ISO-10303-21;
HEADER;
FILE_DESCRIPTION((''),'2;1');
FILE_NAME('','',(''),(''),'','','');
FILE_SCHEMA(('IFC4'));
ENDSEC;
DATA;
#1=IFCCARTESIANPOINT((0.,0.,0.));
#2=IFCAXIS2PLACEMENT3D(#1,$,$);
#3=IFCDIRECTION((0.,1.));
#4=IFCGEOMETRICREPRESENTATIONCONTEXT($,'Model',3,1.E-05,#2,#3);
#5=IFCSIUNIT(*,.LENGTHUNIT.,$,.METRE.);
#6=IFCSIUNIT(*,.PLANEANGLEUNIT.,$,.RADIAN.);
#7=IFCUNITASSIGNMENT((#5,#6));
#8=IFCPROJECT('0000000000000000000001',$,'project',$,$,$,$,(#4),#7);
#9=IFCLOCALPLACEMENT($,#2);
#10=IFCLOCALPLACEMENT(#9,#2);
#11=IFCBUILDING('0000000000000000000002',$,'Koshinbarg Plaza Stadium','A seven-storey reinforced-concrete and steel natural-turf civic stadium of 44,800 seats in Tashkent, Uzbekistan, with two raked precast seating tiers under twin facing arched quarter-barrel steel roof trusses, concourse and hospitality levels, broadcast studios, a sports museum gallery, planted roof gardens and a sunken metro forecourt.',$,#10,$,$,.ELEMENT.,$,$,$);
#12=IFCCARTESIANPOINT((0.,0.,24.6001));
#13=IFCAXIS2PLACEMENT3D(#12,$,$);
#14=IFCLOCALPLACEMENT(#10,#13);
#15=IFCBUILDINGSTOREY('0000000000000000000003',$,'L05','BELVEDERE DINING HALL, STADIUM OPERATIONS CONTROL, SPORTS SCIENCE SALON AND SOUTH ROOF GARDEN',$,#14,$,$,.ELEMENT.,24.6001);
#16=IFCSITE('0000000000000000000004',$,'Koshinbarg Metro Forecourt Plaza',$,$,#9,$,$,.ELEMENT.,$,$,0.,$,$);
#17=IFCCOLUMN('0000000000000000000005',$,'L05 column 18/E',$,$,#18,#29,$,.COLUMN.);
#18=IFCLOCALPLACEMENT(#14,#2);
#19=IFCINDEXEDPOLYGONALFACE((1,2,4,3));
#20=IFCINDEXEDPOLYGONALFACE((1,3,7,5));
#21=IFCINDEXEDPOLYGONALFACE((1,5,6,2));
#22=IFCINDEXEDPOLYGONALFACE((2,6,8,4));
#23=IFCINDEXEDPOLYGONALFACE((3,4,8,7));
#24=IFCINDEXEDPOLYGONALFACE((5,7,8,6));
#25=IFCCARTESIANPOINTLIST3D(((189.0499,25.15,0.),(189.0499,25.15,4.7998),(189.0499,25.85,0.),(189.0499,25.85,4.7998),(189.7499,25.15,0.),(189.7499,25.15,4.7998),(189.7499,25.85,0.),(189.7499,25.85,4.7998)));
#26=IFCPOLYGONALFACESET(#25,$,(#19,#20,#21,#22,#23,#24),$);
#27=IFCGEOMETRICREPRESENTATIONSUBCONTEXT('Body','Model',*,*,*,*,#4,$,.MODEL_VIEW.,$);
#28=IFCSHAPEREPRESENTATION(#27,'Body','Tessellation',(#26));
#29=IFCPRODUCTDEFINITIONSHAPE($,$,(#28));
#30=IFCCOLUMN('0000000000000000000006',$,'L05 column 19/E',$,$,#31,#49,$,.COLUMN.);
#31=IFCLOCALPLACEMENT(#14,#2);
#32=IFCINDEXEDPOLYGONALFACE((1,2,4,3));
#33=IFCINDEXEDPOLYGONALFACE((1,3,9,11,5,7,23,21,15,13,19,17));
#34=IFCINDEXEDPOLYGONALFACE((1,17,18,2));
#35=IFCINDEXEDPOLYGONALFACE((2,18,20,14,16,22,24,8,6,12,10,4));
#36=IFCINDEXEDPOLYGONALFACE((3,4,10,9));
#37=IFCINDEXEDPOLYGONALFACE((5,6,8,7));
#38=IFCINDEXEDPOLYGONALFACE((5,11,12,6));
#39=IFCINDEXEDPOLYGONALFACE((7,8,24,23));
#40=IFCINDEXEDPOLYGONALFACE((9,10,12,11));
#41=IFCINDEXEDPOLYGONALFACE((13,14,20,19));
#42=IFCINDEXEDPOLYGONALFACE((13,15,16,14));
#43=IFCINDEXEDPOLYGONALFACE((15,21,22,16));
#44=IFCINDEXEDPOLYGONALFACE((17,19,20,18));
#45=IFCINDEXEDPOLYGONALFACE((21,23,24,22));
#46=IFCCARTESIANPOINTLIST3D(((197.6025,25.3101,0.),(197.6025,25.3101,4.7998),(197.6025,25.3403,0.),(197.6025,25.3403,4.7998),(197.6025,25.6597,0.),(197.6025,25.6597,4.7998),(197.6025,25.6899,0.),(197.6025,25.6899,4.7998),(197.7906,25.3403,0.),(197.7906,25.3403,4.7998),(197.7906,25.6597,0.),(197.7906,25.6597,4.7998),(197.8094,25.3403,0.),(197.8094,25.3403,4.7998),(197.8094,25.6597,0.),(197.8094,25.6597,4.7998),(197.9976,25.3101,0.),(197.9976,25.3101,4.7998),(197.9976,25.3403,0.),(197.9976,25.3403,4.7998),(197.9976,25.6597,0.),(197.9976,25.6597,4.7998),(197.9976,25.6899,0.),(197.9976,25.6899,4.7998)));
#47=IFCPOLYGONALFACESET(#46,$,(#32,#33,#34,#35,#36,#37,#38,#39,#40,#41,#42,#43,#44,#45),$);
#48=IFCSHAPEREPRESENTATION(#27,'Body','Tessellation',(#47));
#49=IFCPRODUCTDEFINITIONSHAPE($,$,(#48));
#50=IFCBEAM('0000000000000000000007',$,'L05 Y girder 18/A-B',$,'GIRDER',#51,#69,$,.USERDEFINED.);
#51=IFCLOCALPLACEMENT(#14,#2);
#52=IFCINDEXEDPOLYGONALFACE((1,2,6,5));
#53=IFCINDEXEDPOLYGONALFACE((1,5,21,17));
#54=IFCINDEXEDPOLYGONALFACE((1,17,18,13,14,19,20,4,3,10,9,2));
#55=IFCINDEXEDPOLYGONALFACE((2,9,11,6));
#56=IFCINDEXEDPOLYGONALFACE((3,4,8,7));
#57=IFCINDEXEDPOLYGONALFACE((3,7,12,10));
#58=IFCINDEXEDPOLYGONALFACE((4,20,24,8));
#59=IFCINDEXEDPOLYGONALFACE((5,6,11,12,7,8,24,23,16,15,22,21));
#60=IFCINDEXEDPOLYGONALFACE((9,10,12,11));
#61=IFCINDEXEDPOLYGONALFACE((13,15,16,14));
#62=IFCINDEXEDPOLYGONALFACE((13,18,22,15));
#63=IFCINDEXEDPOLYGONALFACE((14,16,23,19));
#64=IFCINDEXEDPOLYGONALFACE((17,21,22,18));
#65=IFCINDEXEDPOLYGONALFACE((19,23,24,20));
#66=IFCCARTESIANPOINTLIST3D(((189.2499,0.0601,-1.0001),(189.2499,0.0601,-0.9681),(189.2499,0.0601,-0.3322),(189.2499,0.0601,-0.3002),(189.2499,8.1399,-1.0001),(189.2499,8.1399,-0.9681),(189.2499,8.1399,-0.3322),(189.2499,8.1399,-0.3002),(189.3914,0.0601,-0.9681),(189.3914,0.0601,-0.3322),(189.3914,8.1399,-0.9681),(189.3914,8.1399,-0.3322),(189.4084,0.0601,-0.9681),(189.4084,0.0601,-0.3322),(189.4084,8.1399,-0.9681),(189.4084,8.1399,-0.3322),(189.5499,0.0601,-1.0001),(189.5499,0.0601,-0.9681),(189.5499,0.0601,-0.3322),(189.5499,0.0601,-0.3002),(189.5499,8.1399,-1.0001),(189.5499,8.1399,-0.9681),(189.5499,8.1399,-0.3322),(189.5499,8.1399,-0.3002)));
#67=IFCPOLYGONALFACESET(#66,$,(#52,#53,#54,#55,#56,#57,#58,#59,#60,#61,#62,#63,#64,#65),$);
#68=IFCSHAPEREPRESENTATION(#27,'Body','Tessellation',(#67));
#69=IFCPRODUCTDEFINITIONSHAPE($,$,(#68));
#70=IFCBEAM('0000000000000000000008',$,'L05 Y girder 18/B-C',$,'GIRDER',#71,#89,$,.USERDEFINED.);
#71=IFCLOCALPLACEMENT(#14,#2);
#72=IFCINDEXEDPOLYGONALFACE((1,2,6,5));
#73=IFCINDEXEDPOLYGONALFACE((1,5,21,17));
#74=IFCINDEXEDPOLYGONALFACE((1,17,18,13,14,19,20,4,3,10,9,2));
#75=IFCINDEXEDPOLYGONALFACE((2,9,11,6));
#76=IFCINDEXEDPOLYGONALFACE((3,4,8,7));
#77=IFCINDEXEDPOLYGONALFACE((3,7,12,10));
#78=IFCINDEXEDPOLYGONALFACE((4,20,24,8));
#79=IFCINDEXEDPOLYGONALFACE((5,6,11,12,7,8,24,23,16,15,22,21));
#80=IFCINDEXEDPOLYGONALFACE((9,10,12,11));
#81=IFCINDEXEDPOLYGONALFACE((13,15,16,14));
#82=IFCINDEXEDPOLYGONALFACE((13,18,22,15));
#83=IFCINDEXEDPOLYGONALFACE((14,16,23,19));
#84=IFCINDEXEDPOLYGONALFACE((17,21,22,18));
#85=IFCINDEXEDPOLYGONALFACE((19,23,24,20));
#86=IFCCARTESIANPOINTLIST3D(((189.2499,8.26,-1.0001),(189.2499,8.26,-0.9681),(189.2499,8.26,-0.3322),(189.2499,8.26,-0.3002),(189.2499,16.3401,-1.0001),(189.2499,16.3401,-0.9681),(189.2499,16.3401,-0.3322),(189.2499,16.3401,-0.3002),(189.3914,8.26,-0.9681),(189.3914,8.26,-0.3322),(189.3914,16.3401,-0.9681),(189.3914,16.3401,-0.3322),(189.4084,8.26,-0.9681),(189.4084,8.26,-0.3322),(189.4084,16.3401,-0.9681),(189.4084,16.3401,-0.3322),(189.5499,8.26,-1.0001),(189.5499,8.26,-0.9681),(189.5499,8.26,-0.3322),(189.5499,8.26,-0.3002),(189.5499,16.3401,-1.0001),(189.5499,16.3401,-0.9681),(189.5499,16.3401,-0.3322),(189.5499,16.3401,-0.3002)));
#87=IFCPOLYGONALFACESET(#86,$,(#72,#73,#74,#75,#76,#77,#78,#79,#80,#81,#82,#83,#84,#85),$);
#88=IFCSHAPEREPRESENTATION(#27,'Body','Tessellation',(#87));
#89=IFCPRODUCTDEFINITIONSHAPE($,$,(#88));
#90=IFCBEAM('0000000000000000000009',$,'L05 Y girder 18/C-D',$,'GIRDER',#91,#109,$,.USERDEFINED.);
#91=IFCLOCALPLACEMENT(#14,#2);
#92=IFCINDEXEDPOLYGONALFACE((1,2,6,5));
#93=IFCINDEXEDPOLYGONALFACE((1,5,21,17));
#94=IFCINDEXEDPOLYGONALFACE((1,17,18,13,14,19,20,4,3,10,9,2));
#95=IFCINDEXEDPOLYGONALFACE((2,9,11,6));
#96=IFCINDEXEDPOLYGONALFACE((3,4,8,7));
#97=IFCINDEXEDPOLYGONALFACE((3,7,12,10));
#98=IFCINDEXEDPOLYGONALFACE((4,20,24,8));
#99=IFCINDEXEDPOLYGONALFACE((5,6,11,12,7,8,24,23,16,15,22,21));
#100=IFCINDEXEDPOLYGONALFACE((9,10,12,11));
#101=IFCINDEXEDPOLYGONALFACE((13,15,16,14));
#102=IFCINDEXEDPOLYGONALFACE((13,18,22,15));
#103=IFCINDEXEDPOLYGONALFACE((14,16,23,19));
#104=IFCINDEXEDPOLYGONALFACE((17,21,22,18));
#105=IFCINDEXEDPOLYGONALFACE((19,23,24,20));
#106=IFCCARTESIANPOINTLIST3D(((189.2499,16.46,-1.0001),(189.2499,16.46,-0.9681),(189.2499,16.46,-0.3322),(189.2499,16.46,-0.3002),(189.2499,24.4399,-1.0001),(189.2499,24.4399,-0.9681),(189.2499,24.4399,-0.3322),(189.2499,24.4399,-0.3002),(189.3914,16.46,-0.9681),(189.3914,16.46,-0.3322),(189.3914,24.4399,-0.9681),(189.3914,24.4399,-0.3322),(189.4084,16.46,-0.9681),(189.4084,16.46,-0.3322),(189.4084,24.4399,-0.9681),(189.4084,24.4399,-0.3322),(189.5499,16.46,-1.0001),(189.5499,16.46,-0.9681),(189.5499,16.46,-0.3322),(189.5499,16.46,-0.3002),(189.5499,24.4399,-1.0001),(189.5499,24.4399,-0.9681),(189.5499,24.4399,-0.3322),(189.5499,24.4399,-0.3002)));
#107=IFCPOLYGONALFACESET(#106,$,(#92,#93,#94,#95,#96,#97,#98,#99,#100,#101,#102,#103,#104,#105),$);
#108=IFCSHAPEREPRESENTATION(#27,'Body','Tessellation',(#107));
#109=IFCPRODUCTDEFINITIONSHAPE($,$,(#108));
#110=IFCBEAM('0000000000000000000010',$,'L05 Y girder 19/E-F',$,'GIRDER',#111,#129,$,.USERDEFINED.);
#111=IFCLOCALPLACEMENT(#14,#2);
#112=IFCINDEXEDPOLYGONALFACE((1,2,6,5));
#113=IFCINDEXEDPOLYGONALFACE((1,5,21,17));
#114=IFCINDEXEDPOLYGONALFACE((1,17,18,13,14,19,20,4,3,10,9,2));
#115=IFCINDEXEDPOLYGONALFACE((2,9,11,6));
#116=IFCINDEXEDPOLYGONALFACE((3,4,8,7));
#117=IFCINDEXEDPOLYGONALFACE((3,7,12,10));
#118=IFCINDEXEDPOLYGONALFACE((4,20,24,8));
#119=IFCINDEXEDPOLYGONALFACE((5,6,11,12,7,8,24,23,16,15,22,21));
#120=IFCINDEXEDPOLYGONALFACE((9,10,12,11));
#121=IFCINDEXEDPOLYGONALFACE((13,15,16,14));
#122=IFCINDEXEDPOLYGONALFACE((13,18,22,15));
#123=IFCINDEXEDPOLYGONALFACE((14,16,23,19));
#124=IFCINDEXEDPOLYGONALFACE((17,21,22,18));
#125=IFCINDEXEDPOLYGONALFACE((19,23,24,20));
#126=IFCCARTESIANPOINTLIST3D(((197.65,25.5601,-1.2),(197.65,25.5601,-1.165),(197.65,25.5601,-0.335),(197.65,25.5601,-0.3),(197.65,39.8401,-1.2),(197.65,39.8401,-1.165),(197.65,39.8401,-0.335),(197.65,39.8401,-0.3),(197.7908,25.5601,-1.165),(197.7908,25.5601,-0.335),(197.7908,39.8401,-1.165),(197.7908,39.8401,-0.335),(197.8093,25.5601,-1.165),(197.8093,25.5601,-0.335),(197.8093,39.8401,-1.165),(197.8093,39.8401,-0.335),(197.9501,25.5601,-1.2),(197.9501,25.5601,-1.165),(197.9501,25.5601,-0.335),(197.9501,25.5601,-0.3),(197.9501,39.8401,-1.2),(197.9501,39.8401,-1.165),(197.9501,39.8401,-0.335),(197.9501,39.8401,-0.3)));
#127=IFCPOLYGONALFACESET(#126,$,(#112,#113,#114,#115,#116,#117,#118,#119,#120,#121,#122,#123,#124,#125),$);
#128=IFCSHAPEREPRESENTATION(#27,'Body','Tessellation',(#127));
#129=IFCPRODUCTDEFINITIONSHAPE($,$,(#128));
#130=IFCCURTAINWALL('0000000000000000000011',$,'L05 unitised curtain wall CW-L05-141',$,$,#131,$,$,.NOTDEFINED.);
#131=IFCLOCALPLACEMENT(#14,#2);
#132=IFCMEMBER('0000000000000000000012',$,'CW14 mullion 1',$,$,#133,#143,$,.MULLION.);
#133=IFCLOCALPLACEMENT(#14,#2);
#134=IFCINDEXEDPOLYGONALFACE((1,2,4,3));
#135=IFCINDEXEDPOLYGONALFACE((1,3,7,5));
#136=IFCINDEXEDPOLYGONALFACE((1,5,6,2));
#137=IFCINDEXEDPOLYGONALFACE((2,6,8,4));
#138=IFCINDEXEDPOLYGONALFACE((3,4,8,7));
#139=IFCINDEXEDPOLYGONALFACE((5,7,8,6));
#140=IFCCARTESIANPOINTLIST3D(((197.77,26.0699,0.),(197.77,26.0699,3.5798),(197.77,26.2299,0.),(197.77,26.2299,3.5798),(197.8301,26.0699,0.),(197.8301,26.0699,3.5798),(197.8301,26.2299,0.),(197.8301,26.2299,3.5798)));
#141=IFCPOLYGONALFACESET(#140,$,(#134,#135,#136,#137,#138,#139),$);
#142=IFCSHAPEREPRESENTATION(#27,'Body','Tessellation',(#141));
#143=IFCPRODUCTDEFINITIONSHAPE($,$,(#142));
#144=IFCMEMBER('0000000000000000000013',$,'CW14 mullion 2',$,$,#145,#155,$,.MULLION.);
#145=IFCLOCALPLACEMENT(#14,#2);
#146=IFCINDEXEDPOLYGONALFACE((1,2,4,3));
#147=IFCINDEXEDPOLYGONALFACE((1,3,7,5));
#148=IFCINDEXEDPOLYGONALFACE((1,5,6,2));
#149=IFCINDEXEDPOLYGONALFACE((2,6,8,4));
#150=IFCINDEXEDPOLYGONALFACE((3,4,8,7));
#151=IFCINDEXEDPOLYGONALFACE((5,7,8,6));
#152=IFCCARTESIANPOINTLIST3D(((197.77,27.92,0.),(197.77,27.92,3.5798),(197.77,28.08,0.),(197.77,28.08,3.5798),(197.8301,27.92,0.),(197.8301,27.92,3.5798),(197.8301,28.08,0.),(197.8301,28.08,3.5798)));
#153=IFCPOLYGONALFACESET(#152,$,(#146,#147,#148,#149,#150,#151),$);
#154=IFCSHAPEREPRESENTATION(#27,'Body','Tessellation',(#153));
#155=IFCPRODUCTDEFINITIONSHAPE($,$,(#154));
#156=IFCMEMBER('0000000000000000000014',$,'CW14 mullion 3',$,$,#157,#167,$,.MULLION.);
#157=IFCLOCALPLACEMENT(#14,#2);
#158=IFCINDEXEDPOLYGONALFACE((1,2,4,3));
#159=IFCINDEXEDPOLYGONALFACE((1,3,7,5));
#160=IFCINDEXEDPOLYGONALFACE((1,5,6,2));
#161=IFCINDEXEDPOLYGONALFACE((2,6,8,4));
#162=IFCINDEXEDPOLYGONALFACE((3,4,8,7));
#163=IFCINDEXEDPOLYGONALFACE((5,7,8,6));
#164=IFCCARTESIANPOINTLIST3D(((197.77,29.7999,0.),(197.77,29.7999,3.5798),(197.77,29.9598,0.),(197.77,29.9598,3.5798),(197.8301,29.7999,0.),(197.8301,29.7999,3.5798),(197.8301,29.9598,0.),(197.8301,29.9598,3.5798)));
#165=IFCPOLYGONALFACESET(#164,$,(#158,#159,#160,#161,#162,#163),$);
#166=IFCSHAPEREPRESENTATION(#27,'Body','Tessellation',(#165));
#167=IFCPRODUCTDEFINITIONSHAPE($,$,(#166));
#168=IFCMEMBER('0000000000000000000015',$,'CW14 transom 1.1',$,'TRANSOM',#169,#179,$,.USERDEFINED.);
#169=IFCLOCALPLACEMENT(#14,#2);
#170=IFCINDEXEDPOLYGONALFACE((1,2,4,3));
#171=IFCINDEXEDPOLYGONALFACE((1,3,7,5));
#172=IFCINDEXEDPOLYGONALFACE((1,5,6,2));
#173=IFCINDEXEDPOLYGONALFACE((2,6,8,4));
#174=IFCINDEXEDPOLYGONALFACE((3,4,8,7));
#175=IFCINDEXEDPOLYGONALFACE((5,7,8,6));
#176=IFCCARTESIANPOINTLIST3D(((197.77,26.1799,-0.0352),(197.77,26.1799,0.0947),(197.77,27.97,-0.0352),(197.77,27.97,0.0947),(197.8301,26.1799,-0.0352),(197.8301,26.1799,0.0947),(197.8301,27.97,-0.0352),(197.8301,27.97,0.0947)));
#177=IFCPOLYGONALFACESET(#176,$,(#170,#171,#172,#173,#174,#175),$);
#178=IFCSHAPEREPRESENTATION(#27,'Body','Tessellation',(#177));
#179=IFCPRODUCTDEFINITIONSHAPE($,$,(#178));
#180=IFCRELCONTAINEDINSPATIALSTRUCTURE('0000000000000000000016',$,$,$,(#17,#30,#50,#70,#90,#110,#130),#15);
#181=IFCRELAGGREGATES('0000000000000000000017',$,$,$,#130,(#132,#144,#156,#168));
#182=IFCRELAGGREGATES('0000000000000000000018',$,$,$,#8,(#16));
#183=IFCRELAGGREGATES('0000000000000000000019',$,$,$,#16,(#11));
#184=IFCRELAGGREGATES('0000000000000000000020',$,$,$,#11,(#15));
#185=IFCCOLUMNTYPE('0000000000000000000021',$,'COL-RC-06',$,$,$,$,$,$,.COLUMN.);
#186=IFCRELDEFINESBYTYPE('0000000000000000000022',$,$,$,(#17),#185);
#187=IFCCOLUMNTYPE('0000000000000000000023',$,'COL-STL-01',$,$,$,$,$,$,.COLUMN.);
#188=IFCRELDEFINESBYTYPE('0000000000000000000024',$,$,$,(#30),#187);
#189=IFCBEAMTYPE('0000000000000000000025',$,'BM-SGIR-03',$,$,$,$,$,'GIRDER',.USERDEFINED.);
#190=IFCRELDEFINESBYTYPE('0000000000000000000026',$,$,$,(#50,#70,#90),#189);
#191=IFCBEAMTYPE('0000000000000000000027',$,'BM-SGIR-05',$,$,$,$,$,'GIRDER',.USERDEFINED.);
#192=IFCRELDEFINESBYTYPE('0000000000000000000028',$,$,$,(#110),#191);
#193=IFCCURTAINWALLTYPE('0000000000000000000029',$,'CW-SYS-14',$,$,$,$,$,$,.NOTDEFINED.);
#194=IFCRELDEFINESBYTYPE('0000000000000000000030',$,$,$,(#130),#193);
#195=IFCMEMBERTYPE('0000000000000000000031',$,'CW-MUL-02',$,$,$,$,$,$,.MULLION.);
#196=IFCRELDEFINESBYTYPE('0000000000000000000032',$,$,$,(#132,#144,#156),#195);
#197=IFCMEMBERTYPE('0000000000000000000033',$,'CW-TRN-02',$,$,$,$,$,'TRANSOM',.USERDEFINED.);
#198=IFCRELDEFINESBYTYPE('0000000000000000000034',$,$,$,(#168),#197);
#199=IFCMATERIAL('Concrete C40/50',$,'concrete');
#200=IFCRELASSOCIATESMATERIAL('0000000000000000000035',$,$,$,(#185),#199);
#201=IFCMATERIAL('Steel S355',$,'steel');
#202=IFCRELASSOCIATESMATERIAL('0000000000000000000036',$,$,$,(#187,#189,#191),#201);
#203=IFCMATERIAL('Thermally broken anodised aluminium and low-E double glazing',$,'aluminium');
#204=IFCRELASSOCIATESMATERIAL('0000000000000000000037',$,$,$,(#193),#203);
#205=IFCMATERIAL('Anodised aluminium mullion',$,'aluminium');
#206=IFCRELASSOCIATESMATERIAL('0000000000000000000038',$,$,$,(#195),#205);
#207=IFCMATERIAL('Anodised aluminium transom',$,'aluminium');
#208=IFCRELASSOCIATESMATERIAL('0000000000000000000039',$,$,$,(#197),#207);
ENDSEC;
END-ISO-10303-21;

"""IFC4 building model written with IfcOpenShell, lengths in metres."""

from ifc_helpers import new_model, si_unit, direction, frame, origin, origin_2d, place, context, subcontext, project, spatial, rectangle, i_section, extrude, material, material_profile, profile_set, type_object, element, aggregate, save


model = new_model("IFC4")

# Units and contexts
model_context = context("Model", 3, precision=1e-05, world=origin(), true_north=direction((0.0, 1.0)))
body_context = subcontext(model_context, "Body", "Model", "MODEL_VIEW")
ifc_project = project(units=[si_unit("LENGTHUNIT", "METRE"), si_unit("PLANEANGLEUNIT", "RADIAN")], contexts=[model_context])

# Site, building, storey
site_placement = place(None, origin())
site = spatial("IfcSite", under=ifc_project, at=site_placement, Name="Koshinbarg Metro Forecourt Plaza", CompositionType="ELEMENT", RefElevation=0.0)
building_placement = place(site_placement, origin())
building = spatial("IfcBuilding", under=site, at=building_placement, Name="Koshinbarg Plaza Stadium", Description="A seven-storey reinforced-concrete and steel natural-turf civic stadium of 44,800 seats in Tashkent, Uzbekistan, with two raked precast seating tiers under twin facing arched quarter-barrel steel roof trusses, concourse and hospitality levels, broadcast studios, a sports museum gallery, planted roof gardens and a sunken metro forecourt.", CompositionType="ELEMENT")
storey_placement = place(building_placement, frame((0.0, 0.0, 24.6001)))
storey = spatial("IfcBuildingStorey", under=building, at=storey_placement, Name="L05", Description="BELVEDERE DINING HALL, STADIUM OPERATIONS CONTROL, SPORTS SCIENCE SALON AND SOUTH ROOF GARDEN", CompositionType="ELEMENT", Elevation=24.6001)

# Columns
ifc_material_1 = material(Name="Concrete C40/50", Category="concrete")
ifc_material_profile_1 = material_profile(ifc_material_1, rectangle(XDim=0.7, YDim=0.7, at=origin_2d()), Name="RC 700x700")
ifc_profile_set_1 = profile_set([ifc_material_profile_1], Name="Concrete C40/50")
column_type_1 = type_object("IfcColumnType", Name="COL-RC-06", PredefinedType="COLUMN", material=ifc_profile_set_1)
column_1_placement = place(storey_placement, frame((189.3999, 25.5, 0.0), z_axis=(0.0, 0.0, 1.0), x_axis=(1.0, 0.0, 0.0)))
element("IfcColumn", 1, at=column_1_placement, inside=storey, type_object=column_type_1, Name="L05 column 18/E", PredefinedType="COLUMN", context=body_context, shape_type="SweptSolid", body=[
    extrude(rectangle(XDim=0.7, YDim=0.7, at=origin_2d()), origin(), (0.0, 0.0, 1.0), 4.7998),
])
ifc_material_2 = material(Name="Steel S355", Category="steel")
ifc_material_profile_2 = material_profile(ifc_material_2, i_section(OverallWidth=0.395, OverallDepth=0.3799, WebThickness=0.0188, FlangeThickness=0.0303, at=origin_2d()), Name="HD 400x237")
ifc_profile_set_2 = profile_set([ifc_material_profile_2], Name="Steel S355")
column_type_2 = type_object("IfcColumnType", Name="COL-STL-01", PredefinedType="COLUMN", material=ifc_profile_set_2)
column_2_placement = place(storey_placement, frame((197.8, 25.5, 0.0), z_axis=(0.0, 0.0, 1.0), x_axis=(1.0, 0.0, 0.0)))
element("IfcColumn", 2, at=column_2_placement, inside=storey, type_object=column_type_2, Name="L05 column 19/E", PredefinedType="COLUMN", context=body_context, shape_type="SweptSolid", body=[
    extrude(i_section(OverallWidth=0.395, OverallDepth=0.3799, WebThickness=0.0188, FlangeThickness=0.0303, at=origin_2d()), origin(), (0.0, 0.0, 1.0), 4.7998),
])

# Beams
ifc_material_profile_3 = material_profile(ifc_material_2, i_section(OverallWidth=0.3, OverallDepth=0.7, WebThickness=0.0171, FlangeThickness=0.032, at=origin_2d()), Name="HEB 700")
ifc_profile_set_3 = profile_set([ifc_material_profile_3], Name="Steel S355")
beam_type_1 = type_object("IfcBeamType", Name="BM-SGIR-03", ElementType="GIRDER", PredefinedType="USERDEFINED", material=ifc_profile_set_3)
beam_1_placement = place(storey_placement, frame((189.3999, 0.0601, -0.6501), z_axis=(0.0, 1.0, 0.0), x_axis=(-1.0, 0.0, 0.0)))
element("IfcBeam", 3, at=beam_1_placement, inside=storey, type_object=beam_type_1, Name="L05 Y girder 18/A-B", ObjectType="GIRDER", PredefinedType="USERDEFINED", context=body_context, shape_type="SweptSolid", body=[
    extrude(i_section(OverallWidth=0.3, OverallDepth=0.7, WebThickness=0.0171, FlangeThickness=0.032, at=origin_2d()), origin(), (0.0, 0.0, 1.0), 8.0798),
])
beam_2_placement = place(storey_placement, frame((189.3999, 8.26, -0.6501), z_axis=(0.0, 1.0, 0.0), x_axis=(-1.0, 0.0, 0.0)))
element("IfcBeam", 4, at=beam_2_placement, inside=storey, type_object=beam_type_1, Name="L05 Y girder 18/B-C", ObjectType="GIRDER", PredefinedType="USERDEFINED", context=body_context, shape_type="SweptSolid", body=[
    extrude(i_section(OverallWidth=0.3, OverallDepth=0.7, WebThickness=0.0171, FlangeThickness=0.032, at=origin_2d()), origin(), (0.0, 0.0, 1.0), 8.0801),
])
beam_3_placement = place(storey_placement, frame((189.3999, 16.46, -0.6501), z_axis=(0.0, 1.0, 0.0), x_axis=(-1.0, 0.0, 0.0)))
element("IfcBeam", 5, at=beam_3_placement, inside=storey, type_object=beam_type_1, Name="L05 Y girder 18/C-D", ObjectType="GIRDER", PredefinedType="USERDEFINED", context=body_context, shape_type="SweptSolid", body=[
    extrude(i_section(OverallWidth=0.3, OverallDepth=0.7, WebThickness=0.0171, FlangeThickness=0.032, at=origin_2d()), origin(), (0.0, 0.0, 1.0), 7.98),
])
ifc_material_profile_4 = material_profile(ifc_material_2, i_section(OverallWidth=0.3, OverallDepth=0.8999, WebThickness=0.0186, FlangeThickness=0.0349, at=origin_2d()), Name="HEB 900")
ifc_profile_set_4 = profile_set([ifc_material_profile_4], Name="Steel S355")
beam_type_2 = type_object("IfcBeamType", Name="BM-SGIR-05", ElementType="GIRDER", PredefinedType="USERDEFINED", material=ifc_profile_set_4)
beam_4_placement = place(storey_placement, frame((197.8, 25.5601, -0.75), z_axis=(0.0, 1.0, 0.0), x_axis=(-1.0, 0.0, 0.0)))
element("IfcBeam", 6, at=beam_4_placement, inside=storey, type_object=beam_type_2, Name="L05 Y girder 19/E-F", ObjectType="GIRDER", PredefinedType="USERDEFINED", context=body_context, shape_type="SweptSolid", body=[
    extrude(i_section(OverallWidth=0.3, OverallDepth=0.8999, WebThickness=0.0186, FlangeThickness=0.0349, at=origin_2d()), origin(), (0.0, 0.0, 1.0), 14.28),
])

# Curtain wall, members
ifc_material_3 = material(Name="Thermally broken anodised aluminium and low-E double glazing", Category="aluminium")
curtain_wall_type = type_object("IfcCurtainWallType", Name="CW-SYS-14", PredefinedType="NOTDEFINED", material=ifc_material_3)
curtain_wall_placement = place(storey_placement, origin())
curtain_wall = element("IfcCurtainWall", 7, at=curtain_wall_placement, inside=storey, type_object=curtain_wall_type, Name="L05 unitised curtain wall CW-L05-141", PredefinedType="NOTDEFINED")
ifc_material_4 = material(Name="Anodised aluminium mullion", Category="aluminium")
ifc_material_profile_5 = material_profile(ifc_material_4, rectangle(XDim=0.0601, YDim=0.1599, at=origin_2d()), Name="ALU 60x160")
ifc_profile_set_5 = profile_set([ifc_material_profile_5], Name="Anodised aluminium mullion")
member_type_1 = type_object("IfcMemberType", Name="CW-MUL-02", PredefinedType="MULLION", material=ifc_profile_set_5)
member_1_placement = place(storey_placement, frame((197.8, 26.1499, 0.0), z_axis=(0.0, 0.0, 1.0), x_axis=(-1.0, 0.0, 0.0)))
member_1 = element("IfcMember", 8, at=member_1_placement, type_object=member_type_1, Name="CW14 mullion 1", PredefinedType="MULLION", context=body_context, shape_type="SweptSolid", body=[
    extrude(rectangle(XDim=0.0601, YDim=0.1599, at=origin_2d()), origin(), (0.0, 0.0, 1.0), 3.5798),
])
member_2_placement = place(storey_placement, frame((197.8, 28.0, 0.0), z_axis=(0.0, 0.0, 1.0), x_axis=(-1.0, 0.0, 0.0)))
member_2 = element("IfcMember", 9, at=member_2_placement, type_object=member_type_1, Name="CW14 mullion 2", PredefinedType="MULLION", context=body_context, shape_type="SweptSolid", body=[
    extrude(rectangle(XDim=0.0601, YDim=0.1599, at=origin_2d()), origin(), (0.0, 0.0, 1.0), 3.5798),
])
member_3_placement = place(storey_placement, frame((197.8, 29.8799, 0.0), z_axis=(0.0, 0.0, 1.0), x_axis=(-1.0, 0.0, 0.0)))
member_3 = element("IfcMember", 10, at=member_3_placement, type_object=member_type_1, Name="CW14 mullion 3", PredefinedType="MULLION", context=body_context, shape_type="SweptSolid", body=[
    extrude(rectangle(XDim=0.0601, YDim=0.1599, at=origin_2d()), origin(), (0.0, 0.0, 1.0), 3.5798),
])
ifc_material_5 = material(Name="Anodised aluminium transom", Category="aluminium")
ifc_material_profile_6 = material_profile(ifc_material_5, rectangle(XDim=0.0601, YDim=0.1299, at=origin_2d()), Name="ALU 60x130")
ifc_profile_set_6 = profile_set([ifc_material_profile_6], Name="Anodised aluminium transom")
member_type_2 = type_object("IfcMemberType", Name="CW-TRN-02", ElementType="TRANSOM", PredefinedType="USERDEFINED", material=ifc_profile_set_6)
member_4_placement = place(storey_placement, frame((197.8, 26.1799, 0.0298), z_axis=(0.0, 1.0, 0.0), x_axis=(-1.0, 0.0, 0.0)))
member_4 = element("IfcMember", 11, at=member_4_placement, type_object=member_type_2, Name="CW14 transom 1.1", ObjectType="TRANSOM", PredefinedType="USERDEFINED", context=body_context, shape_type="SweptSolid", body=[
    extrude(rectangle(XDim=0.0601, YDim=0.1299, at=origin_2d()), origin(), (0.0, 0.0, 1.0), 1.79),
])
aggregate(curtain_wall, [member_1, member_2, member_3, member_4])

save(model, "model.ifc")
